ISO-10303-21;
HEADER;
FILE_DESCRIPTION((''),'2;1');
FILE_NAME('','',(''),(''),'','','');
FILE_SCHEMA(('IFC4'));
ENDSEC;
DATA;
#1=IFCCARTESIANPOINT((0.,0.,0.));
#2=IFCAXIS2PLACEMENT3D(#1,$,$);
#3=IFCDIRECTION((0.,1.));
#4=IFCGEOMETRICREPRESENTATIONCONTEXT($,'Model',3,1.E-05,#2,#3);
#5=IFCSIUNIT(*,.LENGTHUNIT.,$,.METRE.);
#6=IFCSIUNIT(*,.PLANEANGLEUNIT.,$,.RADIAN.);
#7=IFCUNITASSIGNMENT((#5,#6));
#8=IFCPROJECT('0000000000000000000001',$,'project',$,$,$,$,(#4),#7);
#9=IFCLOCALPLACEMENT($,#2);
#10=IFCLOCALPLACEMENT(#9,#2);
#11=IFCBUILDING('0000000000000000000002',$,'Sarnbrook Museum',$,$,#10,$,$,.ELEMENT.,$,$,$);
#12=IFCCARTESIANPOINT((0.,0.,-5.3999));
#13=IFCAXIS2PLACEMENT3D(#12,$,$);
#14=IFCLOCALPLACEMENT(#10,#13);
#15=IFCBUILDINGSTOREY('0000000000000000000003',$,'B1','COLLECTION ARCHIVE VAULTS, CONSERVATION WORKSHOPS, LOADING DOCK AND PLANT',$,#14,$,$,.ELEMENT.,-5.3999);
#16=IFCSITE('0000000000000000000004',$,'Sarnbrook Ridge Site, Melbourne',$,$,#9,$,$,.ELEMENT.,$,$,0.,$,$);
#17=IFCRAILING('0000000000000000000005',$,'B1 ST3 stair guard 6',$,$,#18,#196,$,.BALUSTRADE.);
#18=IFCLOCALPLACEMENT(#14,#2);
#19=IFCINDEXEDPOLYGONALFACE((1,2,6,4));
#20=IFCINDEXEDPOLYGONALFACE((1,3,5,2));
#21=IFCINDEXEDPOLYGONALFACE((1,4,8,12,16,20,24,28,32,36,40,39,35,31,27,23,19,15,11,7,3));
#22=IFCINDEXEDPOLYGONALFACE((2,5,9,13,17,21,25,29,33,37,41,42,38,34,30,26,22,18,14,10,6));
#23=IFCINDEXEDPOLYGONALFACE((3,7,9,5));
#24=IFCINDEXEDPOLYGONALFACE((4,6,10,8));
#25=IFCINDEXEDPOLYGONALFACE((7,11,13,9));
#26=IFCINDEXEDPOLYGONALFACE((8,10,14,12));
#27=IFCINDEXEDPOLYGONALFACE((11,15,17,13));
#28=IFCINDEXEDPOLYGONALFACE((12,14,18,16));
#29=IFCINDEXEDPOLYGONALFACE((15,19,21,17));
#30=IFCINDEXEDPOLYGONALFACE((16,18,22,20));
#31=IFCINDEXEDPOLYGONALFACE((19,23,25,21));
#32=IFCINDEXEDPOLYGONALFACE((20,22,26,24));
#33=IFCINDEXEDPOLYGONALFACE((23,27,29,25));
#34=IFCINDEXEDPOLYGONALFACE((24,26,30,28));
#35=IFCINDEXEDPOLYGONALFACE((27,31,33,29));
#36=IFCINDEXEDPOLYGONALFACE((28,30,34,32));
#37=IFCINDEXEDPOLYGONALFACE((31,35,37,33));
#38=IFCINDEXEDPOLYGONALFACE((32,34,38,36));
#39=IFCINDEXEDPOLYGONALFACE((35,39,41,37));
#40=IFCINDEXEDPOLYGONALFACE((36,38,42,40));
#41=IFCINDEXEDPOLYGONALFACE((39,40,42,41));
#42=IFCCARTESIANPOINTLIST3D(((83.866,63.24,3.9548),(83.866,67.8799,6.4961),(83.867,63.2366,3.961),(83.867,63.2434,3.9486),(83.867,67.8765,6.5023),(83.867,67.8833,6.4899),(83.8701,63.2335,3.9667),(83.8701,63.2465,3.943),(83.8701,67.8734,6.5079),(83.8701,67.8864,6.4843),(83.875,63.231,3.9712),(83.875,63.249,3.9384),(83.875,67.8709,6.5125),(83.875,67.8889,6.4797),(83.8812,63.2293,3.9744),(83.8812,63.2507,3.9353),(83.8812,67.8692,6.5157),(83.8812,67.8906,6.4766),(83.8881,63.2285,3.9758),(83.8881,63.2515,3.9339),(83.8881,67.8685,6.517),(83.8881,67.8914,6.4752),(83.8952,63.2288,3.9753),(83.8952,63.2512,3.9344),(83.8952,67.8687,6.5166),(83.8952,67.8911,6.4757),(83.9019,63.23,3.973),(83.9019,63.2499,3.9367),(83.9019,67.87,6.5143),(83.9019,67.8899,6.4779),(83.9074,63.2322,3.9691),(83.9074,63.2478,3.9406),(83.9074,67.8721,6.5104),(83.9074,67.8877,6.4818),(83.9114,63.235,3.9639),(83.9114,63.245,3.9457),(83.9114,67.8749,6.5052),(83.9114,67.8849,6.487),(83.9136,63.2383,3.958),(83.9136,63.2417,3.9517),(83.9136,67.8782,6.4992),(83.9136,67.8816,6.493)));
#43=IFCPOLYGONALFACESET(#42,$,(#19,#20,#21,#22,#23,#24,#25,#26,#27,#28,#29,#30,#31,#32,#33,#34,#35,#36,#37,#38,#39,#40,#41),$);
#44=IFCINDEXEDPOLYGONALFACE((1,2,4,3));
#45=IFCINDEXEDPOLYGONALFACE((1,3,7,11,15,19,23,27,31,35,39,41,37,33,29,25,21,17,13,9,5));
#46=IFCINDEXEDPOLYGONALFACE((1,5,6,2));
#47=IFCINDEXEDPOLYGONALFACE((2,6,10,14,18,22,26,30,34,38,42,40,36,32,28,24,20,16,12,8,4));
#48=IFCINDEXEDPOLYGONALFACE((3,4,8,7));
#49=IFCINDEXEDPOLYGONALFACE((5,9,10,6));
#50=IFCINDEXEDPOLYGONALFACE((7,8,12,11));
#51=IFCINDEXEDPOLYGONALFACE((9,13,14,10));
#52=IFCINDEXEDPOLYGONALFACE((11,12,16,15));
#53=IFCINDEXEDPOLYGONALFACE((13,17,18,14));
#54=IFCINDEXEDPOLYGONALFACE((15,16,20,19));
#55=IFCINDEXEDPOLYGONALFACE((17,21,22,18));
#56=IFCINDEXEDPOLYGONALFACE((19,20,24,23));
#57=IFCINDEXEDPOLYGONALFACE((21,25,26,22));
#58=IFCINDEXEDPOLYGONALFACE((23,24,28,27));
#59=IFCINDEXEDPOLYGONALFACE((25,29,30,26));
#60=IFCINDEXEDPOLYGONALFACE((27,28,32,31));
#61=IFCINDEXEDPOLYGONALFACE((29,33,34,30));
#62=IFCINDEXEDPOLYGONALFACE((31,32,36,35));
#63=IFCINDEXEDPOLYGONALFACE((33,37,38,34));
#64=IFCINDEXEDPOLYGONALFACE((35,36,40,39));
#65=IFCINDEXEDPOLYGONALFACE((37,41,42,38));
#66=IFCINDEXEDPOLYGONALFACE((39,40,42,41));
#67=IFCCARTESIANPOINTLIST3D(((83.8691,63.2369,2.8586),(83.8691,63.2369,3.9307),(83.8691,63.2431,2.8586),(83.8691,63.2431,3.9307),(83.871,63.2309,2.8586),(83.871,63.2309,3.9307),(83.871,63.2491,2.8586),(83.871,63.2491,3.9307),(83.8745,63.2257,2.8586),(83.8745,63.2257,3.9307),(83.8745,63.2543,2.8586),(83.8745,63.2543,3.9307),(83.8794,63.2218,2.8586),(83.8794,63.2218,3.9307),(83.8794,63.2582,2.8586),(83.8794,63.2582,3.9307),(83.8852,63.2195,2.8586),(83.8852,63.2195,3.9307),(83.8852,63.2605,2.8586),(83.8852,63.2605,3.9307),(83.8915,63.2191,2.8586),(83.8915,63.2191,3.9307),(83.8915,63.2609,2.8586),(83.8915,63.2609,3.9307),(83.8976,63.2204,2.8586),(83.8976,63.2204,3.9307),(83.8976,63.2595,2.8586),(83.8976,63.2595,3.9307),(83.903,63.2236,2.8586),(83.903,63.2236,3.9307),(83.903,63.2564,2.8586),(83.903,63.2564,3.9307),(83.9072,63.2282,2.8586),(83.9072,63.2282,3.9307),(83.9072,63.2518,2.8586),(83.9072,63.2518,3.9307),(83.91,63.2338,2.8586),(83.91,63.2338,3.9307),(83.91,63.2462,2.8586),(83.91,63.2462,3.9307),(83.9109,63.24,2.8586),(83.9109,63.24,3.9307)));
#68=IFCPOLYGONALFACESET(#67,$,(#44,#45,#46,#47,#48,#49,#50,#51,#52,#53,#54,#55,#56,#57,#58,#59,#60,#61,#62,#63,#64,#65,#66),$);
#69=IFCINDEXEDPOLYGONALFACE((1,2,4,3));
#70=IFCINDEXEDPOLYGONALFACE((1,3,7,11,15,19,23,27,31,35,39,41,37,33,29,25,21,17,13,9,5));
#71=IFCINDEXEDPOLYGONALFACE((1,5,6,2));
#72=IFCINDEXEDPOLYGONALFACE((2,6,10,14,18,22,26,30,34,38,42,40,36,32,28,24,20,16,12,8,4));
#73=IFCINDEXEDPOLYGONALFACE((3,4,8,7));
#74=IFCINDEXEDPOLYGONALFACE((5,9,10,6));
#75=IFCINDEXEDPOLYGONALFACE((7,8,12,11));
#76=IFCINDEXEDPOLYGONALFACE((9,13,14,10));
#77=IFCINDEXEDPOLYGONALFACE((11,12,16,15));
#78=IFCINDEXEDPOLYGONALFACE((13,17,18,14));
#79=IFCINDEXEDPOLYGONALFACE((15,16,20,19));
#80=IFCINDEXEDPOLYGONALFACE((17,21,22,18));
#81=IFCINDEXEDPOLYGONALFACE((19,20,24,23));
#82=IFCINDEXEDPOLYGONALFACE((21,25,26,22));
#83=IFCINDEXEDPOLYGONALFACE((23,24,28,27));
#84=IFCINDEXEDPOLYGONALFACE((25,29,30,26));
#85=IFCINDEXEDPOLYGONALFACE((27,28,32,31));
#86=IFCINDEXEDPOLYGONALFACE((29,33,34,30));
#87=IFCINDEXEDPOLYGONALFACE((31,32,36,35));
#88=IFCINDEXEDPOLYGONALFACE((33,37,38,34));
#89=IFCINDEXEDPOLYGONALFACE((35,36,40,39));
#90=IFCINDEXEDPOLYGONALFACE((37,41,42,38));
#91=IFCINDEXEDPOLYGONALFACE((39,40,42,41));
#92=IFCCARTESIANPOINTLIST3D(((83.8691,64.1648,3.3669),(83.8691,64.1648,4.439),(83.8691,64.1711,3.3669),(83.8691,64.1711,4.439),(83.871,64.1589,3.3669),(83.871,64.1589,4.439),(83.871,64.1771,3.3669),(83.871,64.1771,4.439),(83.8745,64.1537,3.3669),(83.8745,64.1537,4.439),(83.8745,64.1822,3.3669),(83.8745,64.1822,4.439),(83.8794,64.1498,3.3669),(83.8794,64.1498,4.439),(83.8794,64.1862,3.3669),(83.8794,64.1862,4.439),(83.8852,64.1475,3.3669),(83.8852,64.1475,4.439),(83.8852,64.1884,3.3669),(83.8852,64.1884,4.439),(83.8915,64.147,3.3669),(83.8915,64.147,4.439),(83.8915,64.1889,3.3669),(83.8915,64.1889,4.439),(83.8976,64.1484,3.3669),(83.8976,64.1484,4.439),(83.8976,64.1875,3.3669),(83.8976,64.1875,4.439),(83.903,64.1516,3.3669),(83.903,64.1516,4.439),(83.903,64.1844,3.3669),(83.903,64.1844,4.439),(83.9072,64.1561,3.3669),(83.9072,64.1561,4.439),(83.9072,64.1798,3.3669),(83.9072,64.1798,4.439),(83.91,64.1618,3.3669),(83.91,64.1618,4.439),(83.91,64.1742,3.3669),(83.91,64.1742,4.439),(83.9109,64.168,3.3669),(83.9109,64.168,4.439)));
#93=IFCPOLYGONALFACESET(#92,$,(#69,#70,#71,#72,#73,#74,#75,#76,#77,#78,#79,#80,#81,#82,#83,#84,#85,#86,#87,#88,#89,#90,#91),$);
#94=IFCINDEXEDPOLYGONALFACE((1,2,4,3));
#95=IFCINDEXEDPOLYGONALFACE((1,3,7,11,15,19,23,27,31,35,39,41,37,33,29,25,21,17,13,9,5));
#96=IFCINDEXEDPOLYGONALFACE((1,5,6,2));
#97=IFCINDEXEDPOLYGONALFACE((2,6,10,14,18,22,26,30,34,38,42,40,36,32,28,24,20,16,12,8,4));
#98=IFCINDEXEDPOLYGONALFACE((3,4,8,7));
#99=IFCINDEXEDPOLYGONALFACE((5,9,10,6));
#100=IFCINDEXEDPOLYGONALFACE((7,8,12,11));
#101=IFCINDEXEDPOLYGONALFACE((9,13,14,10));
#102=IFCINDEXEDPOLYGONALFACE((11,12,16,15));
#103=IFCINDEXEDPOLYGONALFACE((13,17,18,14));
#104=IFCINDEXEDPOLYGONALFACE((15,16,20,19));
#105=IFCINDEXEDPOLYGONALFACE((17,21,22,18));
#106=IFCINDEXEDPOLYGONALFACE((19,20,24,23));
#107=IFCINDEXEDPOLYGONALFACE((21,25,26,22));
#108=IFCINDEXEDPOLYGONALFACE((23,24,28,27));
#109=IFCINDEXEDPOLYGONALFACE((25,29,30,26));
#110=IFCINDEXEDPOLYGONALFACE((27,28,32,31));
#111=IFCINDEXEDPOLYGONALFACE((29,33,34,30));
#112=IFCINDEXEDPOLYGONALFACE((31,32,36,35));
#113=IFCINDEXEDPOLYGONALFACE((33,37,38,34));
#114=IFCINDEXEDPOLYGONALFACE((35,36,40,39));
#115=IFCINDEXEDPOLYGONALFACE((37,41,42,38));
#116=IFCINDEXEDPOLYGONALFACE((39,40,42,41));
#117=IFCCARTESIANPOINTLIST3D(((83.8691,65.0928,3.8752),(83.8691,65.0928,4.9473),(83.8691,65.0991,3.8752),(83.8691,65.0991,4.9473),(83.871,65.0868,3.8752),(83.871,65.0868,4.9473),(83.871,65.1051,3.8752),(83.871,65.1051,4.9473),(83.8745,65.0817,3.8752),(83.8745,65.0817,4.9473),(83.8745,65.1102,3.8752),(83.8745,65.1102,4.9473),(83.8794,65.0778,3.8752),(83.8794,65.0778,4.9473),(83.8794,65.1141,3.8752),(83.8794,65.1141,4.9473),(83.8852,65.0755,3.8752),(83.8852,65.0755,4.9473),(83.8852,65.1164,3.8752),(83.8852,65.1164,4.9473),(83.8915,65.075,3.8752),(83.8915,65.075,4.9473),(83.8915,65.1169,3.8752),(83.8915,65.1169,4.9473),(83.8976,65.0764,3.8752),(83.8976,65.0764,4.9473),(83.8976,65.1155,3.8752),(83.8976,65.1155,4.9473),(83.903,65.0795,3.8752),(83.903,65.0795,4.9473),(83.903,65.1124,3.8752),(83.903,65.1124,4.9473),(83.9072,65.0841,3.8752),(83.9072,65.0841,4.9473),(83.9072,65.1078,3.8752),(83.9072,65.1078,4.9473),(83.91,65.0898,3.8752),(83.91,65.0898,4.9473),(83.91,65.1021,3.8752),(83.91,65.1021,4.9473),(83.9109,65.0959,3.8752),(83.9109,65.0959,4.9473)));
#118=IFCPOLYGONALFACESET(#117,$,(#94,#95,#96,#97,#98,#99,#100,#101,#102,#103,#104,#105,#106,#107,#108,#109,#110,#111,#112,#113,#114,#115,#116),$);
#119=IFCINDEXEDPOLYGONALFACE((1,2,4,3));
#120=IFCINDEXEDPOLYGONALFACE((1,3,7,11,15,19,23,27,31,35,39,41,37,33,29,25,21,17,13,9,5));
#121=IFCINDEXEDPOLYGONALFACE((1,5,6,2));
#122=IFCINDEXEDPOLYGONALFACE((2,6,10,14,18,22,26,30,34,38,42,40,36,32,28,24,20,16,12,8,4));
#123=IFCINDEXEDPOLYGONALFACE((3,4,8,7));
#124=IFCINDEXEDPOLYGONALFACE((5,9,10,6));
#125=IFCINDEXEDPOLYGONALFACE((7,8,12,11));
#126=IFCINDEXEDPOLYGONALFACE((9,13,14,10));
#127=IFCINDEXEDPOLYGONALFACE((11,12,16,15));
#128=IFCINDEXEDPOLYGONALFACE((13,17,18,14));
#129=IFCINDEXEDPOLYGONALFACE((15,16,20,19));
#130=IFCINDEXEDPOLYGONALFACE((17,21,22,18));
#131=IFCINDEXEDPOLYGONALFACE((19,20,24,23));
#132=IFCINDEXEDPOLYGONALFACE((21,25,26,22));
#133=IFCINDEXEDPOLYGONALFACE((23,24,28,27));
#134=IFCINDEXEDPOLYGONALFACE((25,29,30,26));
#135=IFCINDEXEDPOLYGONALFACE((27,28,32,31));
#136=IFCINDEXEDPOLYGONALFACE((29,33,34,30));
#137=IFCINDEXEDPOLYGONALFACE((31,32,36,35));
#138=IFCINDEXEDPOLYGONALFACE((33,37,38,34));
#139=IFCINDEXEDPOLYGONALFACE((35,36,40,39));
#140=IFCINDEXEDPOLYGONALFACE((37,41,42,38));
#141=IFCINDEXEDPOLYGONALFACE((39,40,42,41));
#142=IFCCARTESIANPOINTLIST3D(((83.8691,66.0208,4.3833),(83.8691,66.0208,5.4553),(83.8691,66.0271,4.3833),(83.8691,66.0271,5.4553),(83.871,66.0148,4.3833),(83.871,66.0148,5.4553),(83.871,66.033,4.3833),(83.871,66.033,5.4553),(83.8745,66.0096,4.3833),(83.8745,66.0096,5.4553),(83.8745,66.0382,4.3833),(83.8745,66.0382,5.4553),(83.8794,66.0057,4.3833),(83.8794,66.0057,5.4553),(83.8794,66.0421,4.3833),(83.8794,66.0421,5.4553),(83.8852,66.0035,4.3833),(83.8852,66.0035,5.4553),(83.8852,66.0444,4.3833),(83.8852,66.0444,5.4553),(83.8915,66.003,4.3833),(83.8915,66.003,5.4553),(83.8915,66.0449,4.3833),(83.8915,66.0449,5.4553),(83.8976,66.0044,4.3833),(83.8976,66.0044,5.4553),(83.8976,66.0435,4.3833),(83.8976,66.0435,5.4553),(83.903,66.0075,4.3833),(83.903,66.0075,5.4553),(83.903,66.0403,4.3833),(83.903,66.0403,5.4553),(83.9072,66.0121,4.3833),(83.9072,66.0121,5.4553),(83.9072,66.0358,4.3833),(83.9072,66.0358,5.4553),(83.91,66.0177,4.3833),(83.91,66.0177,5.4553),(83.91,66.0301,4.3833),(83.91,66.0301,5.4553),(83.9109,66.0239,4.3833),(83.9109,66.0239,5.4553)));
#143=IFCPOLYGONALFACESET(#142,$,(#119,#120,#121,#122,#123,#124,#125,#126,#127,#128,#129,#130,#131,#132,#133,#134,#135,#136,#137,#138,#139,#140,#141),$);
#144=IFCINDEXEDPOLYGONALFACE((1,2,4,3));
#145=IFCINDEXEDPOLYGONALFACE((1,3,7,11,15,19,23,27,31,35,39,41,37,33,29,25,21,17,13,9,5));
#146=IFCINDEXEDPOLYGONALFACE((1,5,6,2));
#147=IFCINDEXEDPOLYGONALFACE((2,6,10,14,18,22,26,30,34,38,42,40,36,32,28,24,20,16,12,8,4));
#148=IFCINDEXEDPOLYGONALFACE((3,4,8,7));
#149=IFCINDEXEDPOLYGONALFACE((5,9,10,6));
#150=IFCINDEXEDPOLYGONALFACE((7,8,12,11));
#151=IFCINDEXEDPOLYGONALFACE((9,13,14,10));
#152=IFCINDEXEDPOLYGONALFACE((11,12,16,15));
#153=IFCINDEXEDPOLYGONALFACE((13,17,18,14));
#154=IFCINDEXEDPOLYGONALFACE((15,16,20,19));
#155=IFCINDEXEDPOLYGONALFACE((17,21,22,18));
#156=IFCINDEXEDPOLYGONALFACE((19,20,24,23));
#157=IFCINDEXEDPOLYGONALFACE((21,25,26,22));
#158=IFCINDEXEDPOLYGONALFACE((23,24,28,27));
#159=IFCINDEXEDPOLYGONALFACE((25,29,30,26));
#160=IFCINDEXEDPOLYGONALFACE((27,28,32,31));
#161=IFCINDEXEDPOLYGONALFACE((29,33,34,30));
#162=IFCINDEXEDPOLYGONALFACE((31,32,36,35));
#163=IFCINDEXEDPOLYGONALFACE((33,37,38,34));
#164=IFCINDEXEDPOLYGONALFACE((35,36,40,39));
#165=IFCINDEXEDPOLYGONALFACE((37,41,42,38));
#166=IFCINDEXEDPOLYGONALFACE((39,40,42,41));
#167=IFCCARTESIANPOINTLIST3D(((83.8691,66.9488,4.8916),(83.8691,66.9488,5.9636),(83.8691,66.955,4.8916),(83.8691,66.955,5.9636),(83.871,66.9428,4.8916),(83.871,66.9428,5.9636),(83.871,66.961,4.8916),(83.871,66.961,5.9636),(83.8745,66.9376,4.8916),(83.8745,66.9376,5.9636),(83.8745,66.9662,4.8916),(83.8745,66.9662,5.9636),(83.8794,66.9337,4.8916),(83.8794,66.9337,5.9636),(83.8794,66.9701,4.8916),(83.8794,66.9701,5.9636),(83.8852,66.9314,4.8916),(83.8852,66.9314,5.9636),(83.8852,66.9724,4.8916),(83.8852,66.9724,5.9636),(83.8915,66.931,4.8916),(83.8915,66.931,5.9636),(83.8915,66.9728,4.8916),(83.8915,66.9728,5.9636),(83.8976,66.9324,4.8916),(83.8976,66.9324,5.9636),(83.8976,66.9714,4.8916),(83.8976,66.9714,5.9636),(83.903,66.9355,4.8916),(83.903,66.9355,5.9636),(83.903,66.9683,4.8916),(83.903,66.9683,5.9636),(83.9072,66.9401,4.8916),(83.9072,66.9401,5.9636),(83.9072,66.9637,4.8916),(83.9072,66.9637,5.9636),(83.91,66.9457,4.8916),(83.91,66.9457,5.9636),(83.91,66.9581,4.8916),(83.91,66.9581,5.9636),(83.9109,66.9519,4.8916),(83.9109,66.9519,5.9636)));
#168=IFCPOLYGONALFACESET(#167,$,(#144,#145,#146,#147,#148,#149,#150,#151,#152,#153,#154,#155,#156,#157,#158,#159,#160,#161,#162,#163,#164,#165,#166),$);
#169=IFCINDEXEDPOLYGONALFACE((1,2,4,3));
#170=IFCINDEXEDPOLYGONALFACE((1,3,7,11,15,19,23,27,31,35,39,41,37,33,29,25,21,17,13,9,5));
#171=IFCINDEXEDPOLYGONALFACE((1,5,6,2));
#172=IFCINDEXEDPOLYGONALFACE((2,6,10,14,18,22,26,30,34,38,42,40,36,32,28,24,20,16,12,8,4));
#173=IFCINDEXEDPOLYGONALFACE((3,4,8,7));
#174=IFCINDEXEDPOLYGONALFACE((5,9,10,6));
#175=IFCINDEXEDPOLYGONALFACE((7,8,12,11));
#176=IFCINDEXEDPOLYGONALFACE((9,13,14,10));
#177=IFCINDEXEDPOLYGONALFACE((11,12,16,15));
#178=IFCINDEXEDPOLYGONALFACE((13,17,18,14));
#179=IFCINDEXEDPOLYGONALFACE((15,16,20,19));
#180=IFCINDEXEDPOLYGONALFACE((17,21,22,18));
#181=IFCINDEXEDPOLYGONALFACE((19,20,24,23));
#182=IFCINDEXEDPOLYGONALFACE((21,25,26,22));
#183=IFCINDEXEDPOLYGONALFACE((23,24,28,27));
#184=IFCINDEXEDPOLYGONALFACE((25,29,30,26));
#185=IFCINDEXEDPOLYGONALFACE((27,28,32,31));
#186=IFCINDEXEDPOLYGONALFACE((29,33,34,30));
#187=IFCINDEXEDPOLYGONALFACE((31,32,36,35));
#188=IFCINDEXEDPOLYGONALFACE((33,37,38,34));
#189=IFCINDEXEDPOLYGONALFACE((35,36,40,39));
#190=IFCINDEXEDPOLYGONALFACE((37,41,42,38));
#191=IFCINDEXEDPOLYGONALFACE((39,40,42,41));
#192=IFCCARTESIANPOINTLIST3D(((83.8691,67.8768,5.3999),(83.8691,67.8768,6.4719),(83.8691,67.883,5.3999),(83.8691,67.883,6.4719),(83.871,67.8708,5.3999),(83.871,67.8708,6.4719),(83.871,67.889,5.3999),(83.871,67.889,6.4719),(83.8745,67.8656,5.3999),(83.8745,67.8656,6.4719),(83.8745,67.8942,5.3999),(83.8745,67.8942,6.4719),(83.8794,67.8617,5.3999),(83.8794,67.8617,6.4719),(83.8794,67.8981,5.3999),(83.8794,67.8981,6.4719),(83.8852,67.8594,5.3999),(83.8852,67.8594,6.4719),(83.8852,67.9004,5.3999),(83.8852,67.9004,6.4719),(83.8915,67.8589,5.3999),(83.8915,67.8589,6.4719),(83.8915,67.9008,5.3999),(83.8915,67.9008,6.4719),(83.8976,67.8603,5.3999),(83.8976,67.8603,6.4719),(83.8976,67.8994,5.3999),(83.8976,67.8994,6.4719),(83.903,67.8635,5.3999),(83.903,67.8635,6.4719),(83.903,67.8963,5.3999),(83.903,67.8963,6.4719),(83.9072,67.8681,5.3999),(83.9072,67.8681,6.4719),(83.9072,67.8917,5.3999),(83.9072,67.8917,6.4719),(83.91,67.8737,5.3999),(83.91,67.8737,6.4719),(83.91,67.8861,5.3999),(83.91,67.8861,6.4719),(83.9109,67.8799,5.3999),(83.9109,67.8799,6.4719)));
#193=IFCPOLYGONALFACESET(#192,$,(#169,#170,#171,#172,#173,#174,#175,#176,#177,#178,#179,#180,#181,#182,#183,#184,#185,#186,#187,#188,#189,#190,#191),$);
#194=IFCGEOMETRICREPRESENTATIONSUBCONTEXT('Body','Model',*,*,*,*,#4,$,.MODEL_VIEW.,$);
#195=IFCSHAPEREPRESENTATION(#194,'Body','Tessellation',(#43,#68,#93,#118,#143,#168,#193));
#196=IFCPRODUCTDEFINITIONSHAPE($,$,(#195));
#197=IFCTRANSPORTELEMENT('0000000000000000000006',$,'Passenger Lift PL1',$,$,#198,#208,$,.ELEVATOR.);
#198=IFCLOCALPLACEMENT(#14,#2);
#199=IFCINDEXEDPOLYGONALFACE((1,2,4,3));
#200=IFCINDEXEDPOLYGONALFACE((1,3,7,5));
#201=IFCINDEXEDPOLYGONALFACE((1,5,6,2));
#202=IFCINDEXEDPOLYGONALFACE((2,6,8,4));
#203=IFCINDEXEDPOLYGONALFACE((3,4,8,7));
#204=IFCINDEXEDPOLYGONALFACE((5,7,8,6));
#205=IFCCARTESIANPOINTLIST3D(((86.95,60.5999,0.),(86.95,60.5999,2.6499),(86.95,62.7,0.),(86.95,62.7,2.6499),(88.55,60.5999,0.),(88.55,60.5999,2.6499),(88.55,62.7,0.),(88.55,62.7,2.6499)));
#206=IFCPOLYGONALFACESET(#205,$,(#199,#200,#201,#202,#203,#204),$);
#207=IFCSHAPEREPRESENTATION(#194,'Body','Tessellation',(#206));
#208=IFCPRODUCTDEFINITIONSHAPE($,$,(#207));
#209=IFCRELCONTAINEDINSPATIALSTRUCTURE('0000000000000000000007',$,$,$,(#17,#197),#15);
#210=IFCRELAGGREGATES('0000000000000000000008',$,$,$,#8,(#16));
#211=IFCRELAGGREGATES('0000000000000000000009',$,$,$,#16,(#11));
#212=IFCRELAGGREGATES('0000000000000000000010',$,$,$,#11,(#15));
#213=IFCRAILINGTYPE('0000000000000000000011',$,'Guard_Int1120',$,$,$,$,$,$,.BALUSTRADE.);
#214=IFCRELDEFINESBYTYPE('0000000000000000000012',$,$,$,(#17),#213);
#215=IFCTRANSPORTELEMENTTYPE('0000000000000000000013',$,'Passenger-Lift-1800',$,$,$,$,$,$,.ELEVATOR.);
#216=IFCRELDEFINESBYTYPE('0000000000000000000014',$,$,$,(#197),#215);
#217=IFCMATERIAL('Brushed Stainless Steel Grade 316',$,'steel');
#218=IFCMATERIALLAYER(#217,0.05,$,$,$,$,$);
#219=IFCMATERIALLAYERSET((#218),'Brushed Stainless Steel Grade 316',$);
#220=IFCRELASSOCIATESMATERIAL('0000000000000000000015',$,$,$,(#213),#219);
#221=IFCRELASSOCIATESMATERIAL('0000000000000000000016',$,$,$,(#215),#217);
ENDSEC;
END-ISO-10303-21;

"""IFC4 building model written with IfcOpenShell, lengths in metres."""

from ifc_helpers import new_model, si_unit, direction, frame, origin, origin_2d, place, context, subcontext, project, spatial, rectangle, circle, extrude, material, layer, layer_set, type_object, element, save


model = new_model("IFC4")

# Units and contexts
model_context = context("Model", 3, precision=1e-05, world=origin(), true_north=direction((0.0, 1.0)))
body_context = subcontext(model_context, "Body", "Model", "MODEL_VIEW")
ifc_project = project(units=[si_unit("LENGTHUNIT", "METRE"), si_unit("PLANEANGLEUNIT", "RADIAN")], contexts=[model_context])

# Site, building, storey
site_placement = place(None, origin())
site = spatial("IfcSite", under=ifc_project, at=site_placement, Name="Sarnbrook Ridge Site, Melbourne", CompositionType="ELEMENT", RefElevation=0.0)
building_placement = place(site_placement, origin())
building = spatial("IfcBuilding", under=site, at=building_placement, Name="Sarnbrook Museum", CompositionType="ELEMENT")
storey_placement = place(building_placement, frame((0.0, 0.0, -5.3999)))
storey = spatial("IfcBuildingStorey", under=building, at=storey_placement, Name="B1", Description="COLLECTION ARCHIVE VAULTS, CONSERVATION WORKSHOPS, LOADING DOCK AND PLANT", CompositionType="ELEMENT", Elevation=-5.3999)

# Shared definitions
ifc_material_1 = material(Name="Brushed Stainless Steel Grade 316", Category="steel")

# Railing
ifc_layer_1 = layer(ifc_material_1, 0.05)
ifc_layer_set_1 = layer_set([ifc_layer_1], Name="Brushed Stainless Steel Grade 316")
railing_type_1 = type_object("IfcRailingType", Name="Guard_Int1120", PredefinedType="BALUSTRADE", material=ifc_layer_set_1)
railing_1_placement = place(storey_placement, frame((83.8899, 63.24, 2.8586)))
element("IfcRailing", 1, at=railing_1_placement, inside=storey, type_object=railing_type_1, Name="B1 ST3 stair guard 6", PredefinedType="BALUSTRADE", context=body_context, shape_type="SweptSolid", body=[
    extrude(circle(Radius=0.0239, at=origin_2d()), frame((0.0, 0.0, 1.0962), z_axis=(0.0, 0.877067, 0.480368), x_axis=(-1.0, 0.0, 0.0)), (0.0, 0.0, 1.0), 5.2903),
    extrude(circle(Radius=0.021, at=origin_2d()), origin(), (0.0, 0.0, 1.0), 1.072),
    extrude(circle(Radius=0.021, at=origin_2d()), frame((0.0, 0.928, 0.5083)), (0.0, 0.0, 1.0), 1.072),
    extrude(circle(Radius=0.021, at=origin_2d()), frame((0.0, 1.856, 1.0166)), (0.0, 0.0, 1.0), 1.072),
    extrude(circle(Radius=0.021, at=origin_2d()), frame((0.0, 2.7839, 1.5247)), (0.0, 0.0, 1.0), 1.072),
    extrude(circle(Radius=0.021, at=origin_2d()), frame((0.0, 3.7119, 2.033)), (0.0, 0.0, 1.0), 1.072),
    extrude(circle(Radius=0.021, at=origin_2d()), frame((0.0, 4.6399, 2.5413)), (0.0, 0.0, 1.0), 1.072),
])

# Transport element
transport_element_type = type_object("IfcTransportElementType", Name="Passenger-Lift-1800", PredefinedType="ELEVATOR", material=ifc_material_1)
transport_element_placement = place(storey_placement, frame((87.75, 61.6499, 0.0), z_axis=(0.0, 0.0, 1.0), x_axis=(1.0, 0.0, 0.0)))
element("IfcTransportElement", 2, at=transport_element_placement, inside=storey, type_object=transport_element_type, Name="Passenger Lift PL1", PredefinedType="ELEVATOR", context=body_context, shape_type="SweptSolid", body=[
    extrude(rectangle(XDim=1.6001, YDim=2.1001, at=origin_2d()), origin(), (0.0, 0.0, 1.0), 2.6499),
])

save(model, "model.ifc")
